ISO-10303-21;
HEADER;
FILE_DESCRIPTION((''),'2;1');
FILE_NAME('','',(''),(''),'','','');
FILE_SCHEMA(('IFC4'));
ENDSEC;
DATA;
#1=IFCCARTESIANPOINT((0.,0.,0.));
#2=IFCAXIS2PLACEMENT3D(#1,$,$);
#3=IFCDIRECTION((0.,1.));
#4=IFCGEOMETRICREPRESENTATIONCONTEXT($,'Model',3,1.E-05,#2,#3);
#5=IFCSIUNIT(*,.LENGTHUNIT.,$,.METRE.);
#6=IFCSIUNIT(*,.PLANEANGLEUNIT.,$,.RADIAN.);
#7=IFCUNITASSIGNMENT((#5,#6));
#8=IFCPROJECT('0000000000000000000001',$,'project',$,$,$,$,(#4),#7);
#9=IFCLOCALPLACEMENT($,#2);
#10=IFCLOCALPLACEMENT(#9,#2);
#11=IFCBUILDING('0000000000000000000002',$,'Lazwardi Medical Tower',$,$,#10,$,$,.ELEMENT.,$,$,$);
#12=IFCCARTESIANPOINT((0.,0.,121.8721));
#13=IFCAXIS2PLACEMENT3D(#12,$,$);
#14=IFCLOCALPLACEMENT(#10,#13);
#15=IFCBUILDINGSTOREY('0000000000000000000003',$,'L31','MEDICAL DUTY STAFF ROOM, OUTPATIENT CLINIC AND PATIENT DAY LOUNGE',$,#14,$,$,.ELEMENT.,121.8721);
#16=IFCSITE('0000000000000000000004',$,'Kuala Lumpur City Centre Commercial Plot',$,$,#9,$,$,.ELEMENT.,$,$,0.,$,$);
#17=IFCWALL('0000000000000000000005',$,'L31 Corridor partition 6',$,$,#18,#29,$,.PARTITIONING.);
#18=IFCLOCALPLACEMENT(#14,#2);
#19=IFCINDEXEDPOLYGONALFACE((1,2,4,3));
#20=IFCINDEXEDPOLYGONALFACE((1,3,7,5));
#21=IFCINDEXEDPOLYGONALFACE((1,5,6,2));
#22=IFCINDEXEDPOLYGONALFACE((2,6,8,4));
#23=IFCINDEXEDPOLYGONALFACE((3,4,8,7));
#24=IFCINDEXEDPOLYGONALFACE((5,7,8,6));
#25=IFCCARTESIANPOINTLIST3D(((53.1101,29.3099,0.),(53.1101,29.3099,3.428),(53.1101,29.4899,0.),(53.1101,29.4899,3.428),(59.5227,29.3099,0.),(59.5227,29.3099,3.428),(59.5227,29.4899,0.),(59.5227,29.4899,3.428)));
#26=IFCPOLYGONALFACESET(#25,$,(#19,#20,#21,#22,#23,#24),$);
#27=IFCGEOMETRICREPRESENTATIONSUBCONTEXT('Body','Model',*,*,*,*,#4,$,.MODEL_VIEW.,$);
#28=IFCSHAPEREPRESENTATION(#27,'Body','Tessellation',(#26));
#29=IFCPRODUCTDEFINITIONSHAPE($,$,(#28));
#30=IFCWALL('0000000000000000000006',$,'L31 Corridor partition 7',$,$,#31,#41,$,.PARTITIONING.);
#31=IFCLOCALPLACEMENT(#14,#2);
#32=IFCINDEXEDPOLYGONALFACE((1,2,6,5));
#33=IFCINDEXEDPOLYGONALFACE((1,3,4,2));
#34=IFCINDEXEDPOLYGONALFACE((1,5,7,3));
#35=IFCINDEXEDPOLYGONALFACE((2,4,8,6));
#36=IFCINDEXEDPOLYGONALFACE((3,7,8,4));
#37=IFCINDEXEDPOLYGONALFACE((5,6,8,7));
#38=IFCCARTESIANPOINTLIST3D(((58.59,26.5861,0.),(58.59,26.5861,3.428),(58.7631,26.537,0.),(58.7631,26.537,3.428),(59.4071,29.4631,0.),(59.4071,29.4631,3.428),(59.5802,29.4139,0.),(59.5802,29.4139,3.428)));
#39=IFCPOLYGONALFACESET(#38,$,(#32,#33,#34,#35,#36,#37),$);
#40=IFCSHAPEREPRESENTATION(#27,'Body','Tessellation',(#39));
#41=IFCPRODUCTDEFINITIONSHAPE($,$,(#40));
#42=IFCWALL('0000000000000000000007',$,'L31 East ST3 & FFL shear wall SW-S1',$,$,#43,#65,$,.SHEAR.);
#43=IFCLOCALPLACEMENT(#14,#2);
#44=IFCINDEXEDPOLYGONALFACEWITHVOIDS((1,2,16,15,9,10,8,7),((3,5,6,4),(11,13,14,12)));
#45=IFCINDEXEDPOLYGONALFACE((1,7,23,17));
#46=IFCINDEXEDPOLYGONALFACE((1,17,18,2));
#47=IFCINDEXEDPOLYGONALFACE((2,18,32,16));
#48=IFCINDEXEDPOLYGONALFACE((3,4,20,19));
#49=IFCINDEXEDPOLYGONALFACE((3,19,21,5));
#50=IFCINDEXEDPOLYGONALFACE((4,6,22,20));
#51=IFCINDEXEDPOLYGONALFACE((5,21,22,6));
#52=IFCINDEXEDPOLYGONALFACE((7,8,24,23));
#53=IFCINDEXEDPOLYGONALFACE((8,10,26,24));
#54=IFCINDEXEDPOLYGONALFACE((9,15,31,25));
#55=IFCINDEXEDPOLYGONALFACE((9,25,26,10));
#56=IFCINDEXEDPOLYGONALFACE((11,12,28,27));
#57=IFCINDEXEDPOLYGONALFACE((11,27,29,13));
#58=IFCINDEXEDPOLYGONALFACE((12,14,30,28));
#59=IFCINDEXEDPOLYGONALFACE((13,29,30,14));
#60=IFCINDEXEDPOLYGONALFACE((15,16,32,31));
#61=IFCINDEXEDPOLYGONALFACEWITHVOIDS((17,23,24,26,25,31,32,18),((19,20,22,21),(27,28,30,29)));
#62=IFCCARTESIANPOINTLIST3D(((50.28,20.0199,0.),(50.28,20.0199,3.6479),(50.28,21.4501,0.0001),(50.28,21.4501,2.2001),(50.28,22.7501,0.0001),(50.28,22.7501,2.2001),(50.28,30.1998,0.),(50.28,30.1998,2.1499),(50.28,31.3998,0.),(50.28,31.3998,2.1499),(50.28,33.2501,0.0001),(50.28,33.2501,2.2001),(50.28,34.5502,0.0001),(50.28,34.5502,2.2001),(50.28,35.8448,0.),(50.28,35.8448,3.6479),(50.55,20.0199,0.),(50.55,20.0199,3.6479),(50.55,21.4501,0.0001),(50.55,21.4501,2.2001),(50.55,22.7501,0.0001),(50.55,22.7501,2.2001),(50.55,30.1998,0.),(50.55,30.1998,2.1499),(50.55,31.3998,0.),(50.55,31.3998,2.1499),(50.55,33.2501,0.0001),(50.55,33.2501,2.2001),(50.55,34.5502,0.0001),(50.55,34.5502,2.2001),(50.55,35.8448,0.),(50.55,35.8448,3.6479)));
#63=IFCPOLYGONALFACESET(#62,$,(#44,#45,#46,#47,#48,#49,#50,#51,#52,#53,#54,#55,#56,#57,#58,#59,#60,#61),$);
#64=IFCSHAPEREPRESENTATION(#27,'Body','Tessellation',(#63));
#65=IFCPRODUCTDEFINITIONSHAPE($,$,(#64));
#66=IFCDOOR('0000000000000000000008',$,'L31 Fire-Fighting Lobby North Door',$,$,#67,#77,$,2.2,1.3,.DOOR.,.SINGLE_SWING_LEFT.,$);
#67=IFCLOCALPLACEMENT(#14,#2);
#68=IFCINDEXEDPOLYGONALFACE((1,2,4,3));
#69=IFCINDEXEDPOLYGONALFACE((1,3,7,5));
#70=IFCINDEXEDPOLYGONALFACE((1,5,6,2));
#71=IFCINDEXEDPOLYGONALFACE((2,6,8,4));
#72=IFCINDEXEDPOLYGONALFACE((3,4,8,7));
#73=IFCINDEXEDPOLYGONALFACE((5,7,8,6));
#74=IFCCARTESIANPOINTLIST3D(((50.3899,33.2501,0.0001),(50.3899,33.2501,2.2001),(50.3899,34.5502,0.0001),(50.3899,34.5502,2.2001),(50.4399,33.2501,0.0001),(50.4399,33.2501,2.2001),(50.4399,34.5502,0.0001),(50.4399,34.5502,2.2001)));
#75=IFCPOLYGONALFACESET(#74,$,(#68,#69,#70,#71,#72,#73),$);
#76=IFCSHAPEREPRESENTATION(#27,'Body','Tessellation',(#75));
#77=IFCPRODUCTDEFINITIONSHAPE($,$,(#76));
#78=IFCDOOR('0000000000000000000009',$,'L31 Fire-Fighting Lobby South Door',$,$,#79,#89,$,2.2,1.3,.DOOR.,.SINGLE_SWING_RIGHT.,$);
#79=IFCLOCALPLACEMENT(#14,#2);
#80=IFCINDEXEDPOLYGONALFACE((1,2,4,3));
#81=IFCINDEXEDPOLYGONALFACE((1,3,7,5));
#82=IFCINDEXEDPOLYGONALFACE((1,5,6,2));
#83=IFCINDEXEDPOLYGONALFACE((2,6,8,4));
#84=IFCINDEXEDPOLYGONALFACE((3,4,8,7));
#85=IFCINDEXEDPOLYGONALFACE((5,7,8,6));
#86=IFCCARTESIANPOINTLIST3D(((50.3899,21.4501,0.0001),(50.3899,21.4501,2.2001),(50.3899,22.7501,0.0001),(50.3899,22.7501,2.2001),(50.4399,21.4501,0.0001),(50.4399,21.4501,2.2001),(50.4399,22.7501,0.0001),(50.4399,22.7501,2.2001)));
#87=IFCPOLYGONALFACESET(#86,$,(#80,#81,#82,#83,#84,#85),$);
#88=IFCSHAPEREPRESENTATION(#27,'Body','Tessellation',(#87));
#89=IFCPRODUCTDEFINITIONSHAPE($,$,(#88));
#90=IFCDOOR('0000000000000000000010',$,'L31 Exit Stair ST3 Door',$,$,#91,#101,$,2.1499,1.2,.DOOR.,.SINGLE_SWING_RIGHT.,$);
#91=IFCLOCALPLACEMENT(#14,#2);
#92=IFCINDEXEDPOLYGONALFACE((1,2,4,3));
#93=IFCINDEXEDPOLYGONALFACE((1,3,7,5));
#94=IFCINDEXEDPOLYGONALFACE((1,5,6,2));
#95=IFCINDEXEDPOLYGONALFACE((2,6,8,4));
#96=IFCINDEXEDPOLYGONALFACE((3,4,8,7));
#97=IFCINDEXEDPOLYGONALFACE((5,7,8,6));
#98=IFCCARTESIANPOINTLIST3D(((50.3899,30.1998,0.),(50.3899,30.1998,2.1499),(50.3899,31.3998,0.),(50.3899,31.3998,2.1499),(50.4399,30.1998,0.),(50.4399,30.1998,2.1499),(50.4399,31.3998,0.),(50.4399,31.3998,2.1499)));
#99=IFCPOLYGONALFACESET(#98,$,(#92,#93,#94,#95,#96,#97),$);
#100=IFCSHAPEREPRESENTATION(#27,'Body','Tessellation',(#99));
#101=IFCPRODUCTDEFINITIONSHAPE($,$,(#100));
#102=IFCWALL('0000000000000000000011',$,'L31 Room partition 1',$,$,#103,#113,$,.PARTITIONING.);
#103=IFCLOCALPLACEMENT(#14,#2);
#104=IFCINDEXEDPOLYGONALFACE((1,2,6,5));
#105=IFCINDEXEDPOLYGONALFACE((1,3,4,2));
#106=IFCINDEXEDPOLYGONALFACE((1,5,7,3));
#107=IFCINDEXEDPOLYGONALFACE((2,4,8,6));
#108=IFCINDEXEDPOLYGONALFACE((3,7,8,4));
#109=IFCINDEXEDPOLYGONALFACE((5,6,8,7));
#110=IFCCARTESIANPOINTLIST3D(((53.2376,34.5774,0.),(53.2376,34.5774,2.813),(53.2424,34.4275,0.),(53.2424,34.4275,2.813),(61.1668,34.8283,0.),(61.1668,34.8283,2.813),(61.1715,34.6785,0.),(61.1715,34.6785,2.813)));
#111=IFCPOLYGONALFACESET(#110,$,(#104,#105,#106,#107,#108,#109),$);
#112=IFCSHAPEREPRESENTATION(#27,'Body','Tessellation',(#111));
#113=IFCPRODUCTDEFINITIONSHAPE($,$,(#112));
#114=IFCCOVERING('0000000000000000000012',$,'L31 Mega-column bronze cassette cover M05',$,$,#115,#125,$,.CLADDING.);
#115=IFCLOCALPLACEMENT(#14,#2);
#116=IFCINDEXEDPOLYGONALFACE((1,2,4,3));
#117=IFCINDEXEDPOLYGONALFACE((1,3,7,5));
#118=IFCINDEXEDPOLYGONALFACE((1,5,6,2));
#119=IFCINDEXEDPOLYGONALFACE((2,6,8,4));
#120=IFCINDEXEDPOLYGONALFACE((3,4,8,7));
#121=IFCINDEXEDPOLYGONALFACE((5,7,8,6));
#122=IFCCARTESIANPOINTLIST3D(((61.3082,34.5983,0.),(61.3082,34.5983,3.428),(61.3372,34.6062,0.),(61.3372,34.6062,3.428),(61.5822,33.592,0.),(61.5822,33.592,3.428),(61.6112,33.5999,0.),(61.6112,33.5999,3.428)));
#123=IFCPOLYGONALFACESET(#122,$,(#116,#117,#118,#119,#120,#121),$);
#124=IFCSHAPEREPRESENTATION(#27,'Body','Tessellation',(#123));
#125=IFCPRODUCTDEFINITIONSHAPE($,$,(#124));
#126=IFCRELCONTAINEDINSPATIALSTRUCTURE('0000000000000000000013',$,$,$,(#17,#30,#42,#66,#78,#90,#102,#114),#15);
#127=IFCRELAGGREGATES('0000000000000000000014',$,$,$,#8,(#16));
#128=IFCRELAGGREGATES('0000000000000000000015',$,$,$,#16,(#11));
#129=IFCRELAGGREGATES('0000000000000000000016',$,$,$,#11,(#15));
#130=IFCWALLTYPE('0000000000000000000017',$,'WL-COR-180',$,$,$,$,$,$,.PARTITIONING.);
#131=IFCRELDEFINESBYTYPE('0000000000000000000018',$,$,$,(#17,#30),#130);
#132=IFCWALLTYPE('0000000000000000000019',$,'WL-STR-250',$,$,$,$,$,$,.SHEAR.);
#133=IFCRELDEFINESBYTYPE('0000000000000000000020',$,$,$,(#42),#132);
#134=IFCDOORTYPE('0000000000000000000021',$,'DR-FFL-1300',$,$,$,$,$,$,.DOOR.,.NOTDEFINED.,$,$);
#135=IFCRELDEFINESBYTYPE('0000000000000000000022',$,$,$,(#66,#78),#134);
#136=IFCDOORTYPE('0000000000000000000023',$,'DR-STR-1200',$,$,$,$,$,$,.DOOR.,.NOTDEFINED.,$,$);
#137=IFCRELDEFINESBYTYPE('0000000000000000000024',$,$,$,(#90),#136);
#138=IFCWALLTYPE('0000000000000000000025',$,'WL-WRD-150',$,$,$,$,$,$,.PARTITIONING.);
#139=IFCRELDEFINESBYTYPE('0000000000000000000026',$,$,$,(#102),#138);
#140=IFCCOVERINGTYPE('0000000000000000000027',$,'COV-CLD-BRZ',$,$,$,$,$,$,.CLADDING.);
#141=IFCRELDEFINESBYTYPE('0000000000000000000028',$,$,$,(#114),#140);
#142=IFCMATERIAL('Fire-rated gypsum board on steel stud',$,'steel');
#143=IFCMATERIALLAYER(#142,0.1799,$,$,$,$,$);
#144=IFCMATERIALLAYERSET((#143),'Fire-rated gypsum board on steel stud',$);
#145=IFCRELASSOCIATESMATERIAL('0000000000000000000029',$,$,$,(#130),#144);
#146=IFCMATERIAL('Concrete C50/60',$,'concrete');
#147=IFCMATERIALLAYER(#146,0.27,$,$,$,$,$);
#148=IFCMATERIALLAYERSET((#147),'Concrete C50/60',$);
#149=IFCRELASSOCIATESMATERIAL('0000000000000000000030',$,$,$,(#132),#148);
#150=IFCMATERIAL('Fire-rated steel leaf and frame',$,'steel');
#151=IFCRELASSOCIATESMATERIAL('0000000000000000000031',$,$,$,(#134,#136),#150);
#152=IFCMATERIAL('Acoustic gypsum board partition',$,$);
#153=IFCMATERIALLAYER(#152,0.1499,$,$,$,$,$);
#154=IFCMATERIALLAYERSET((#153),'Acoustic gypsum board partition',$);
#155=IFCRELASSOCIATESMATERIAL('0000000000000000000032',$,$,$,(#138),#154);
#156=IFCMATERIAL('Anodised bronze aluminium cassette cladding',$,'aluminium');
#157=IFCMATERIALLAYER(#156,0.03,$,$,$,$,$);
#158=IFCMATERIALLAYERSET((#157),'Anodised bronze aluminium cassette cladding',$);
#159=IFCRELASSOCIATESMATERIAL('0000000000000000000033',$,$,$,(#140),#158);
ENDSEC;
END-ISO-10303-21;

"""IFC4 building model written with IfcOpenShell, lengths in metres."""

from ifc_helpers import new_model, si_unit, direction, frame, frame_2d, origin, origin_2d, place, context, subcontext, project, spatial, rectangle, extrude, material, layer, layer_set, type_object, element, fill, save


model = new_model("IFC4")

# Units and contexts
model_context = context("Model", 3, precision=1e-05, world=origin(), true_north=direction((0.0, 1.0)))
body_context = subcontext(model_context, "Body", "Model", "MODEL_VIEW")
ifc_project = project(units=[si_unit("LENGTHUNIT", "METRE"), si_unit("PLANEANGLEUNIT", "RADIAN")], contexts=[model_context])

# Site, building, storey
site_placement = place(None, origin())
site = spatial("IfcSite", under=ifc_project, at=site_placement, Name="Kuala Lumpur City Centre Commercial Plot", CompositionType="ELEMENT", RefElevation=0.0)
building_placement = place(site_placement, origin())
building = spatial("IfcBuilding", under=site, at=building_placement, Name="Lazwardi Medical Tower", CompositionType="ELEMENT")
storey_placement = place(building_placement, frame((0.0, 0.0, 121.8721)))
storey = spatial("IfcBuildingStorey", under=building, at=storey_placement, Name="L31", Description="MEDICAL DUTY STAFF ROOM, OUTPATIENT CLINIC AND PATIENT DAY LOUNGE", CompositionType="ELEMENT", Elevation=121.8721)

# Walls
ifc_material_1 = material(Name="Fire-rated gypsum board on steel stud", Category="steel")
ifc_layer_1 = layer(ifc_material_1, 0.1799)
ifc_layer_set_1 = layer_set([ifc_layer_1], Name="Fire-rated gypsum board on steel stud")
wall_type_1 = type_object("IfcWallType", Name="WL-COR-180", PredefinedType="PARTITIONING", material=ifc_layer_set_1)
wall_1_placement = place(storey_placement, frame((53.1101, 29.3999, 0.0), z_axis=(0.0, 0.0, 1.0), x_axis=(1.0, 0.0, 0.0)))
element("IfcWall", 1, at=wall_1_placement, inside=storey, type_object=wall_type_1, Name="L31 Corridor partition 6", PredefinedType="PARTITIONING", context=body_context, shape_type="SweptSolid", body=[
    extrude(rectangle(XDim=6.4126, YDim=0.1799, at=frame_2d((3.2063, 0.0))), origin(), (0.0, 0.0, 1.0), 3.428),
])
wall_2_placement = place(storey_placement, frame((59.4937, 29.4385, 0.0), z_axis=(0.0, 0.0, 1.0), x_axis=(-0.273222, -0.961951, 0.0)))
element("IfcWall", 2, at=wall_2_placement, inside=storey, type_object=wall_type_1, Name="L31 Corridor partition 7", PredefinedType="PARTITIONING", context=body_context, shape_type="SweptSolid", body=[
    extrude(rectangle(XDim=2.9907, YDim=0.1799, at=frame_2d((1.4954, 0.0))), origin(), (0.0, 0.0, 1.0), 3.428),
])

# Wall, openings, doors
ifc_material_2 = material(Name="Concrete C50/60", Category="concrete")
ifc_layer_2 = layer(ifc_material_2, 0.27)
ifc_layer_set_2 = layer_set([ifc_layer_2], Name="Concrete C50/60")
wall_type_2 = type_object("IfcWallType", Name="WL-STR-250", PredefinedType="SHEAR", material=ifc_layer_set_2)
wall_3_placement = place(storey_placement, frame((50.415, 35.845, 0.0), z_axis=(0.0, 0.0, 1.0), x_axis=(0.0, -1.0, 0.0)))
wall_3 = element("IfcWall", 3, at=wall_3_placement, inside=storey, type_object=wall_type_2, Name="L31 East ST3 & FFL shear wall SW-S1", PredefinedType="SHEAR", context=body_context, shape_type="SweptSolid", body=[
    extrude(rectangle(XDim=15.825, YDim=0.27, at=frame_2d((7.9126, 0.0))), origin(), (0.0, 0.0, 1.0), 3.6479),
])
opening_1_placement = place(wall_3_placement, frame((4.4451, 0.0, 0.0)))
opening_1 = element("IfcOpeningElement", 4, at=opening_1_placement, cuts=wall_3, PredefinedType="OPENING", context=body_context, shape_type="SweptSolid", body=[
    extrude(rectangle(XDim=1.2, YDim=2.1499, at=frame_2d((0.6001, 1.075))), frame((0.0, 0.145, 0.0), z_axis=(0.0, -1.0, 0.0), x_axis=(1.0, 0.0, 0.0)), (0.0, 0.0, 1.0), 0.29),
])
opening_2_placement = place(wall_3_placement, frame((1.2949, 0.0, 0.0)))
opening_2 = element("IfcOpeningElement", 5, at=opening_2_placement, cuts=wall_3, PredefinedType="OPENING", context=body_context, shape_type="SweptSolid", body=[
    extrude(rectangle(XDim=1.3, YDim=2.2, at=frame_2d((0.6499, 1.1001))), frame((0.0, 0.145, 0.0), z_axis=(0.0, -1.0, 0.0), x_axis=(1.0, 0.0, 0.0)), (0.0, 0.0, 1.0), 0.29),
])
opening_3_placement = place(wall_3_placement, frame((13.095, 0.0, 0.0)))
opening_3 = element("IfcOpeningElement", 6, at=opening_3_placement, cuts=wall_3, PredefinedType="OPENING", context=body_context, shape_type="SweptSolid", body=[
    extrude(rectangle(XDim=1.3, YDim=2.2, at=frame_2d((0.6499, 1.1001))), frame((0.0, 0.145, 0.0), z_axis=(0.0, -1.0, 0.0), x_axis=(1.0, 0.0, 0.0)), (0.0, 0.0, 1.0), 0.29),
])
ifc_material_3 = material(Name="Fire-rated steel leaf and frame", Category="steel")
door_type_1 = type_object("IfcDoorType", Name="DR-FFL-1300", OperationType="NOTDEFINED", PredefinedType="DOOR", material=ifc_material_3)
door_1_placement = place(opening_2_placement, origin())
door_1 = element("IfcDoor", 7, at=door_1_placement, inside=storey, type_object=door_type_1, Name="L31 Fire-Fighting Lobby North Door", OperationType="SINGLE_SWING_LEFT", OverallHeight=2.2, OverallWidth=1.3, PredefinedType="DOOR", context=body_context, shape_type="SweptSolid", body=[
    extrude(rectangle(XDim=1.3, YDim=2.2, at=frame_2d((0.6499, 1.1001))), frame((0.0, 0.0249, 0.0), z_axis=(0.0, -1.0, 0.0), x_axis=(1.0, 0.0, 0.0)), (0.0, 0.0, 1.0), 0.05),
])
fill(opening_2, door_1)
door_2_placement = place(opening_3_placement, origin())
door_2 = element("IfcDoor", 8, at=door_2_placement, inside=storey, type_object=door_type_1, Name="L31 Fire-Fighting Lobby South Door", OperationType="SINGLE_SWING_RIGHT", OverallHeight=2.2, OverallWidth=1.3, PredefinedType="DOOR", context=body_context, shape_type="SweptSolid", body=[
    extrude(rectangle(XDim=1.3, YDim=2.2, at=frame_2d((0.6499, 1.1001))), frame((0.0, 0.0249, 0.0), z_axis=(0.0, -1.0, 0.0), x_axis=(1.0, 0.0, 0.0)), (0.0, 0.0, 1.0), 0.05),
])
fill(opening_3, door_2)
door_type_2 = type_object("IfcDoorType", Name="DR-STR-1200", OperationType="NOTDEFINED", PredefinedType="DOOR", material=ifc_material_3)
door_3_placement = place(opening_1_placement, origin())
door_3 = element("IfcDoor", 9, at=door_3_placement, inside=storey, type_object=door_type_2, Name="L31 Exit Stair ST3 Door", OperationType="SINGLE_SWING_RIGHT", OverallHeight=2.1499, OverallWidth=1.2, PredefinedType="DOOR", context=body_context, shape_type="SweptSolid", body=[
    extrude(rectangle(XDim=1.2, YDim=2.1499, at=frame_2d((0.6001, 1.075))), frame((0.0, 0.0249, 0.0), z_axis=(0.0, -1.0, 0.0), x_axis=(1.0, 0.0, 0.0)), (0.0, 0.0, 1.0), 0.05),
])
fill(opening_1, door_3)

# Wall
ifc_material_4 = material(Name="Acoustic gypsum board partition")
ifc_layer_3 = layer(ifc_material_4, 0.1499)
ifc_layer_set_3 = layer_set([ifc_layer_3], Name="Acoustic gypsum board partition")
wall_type_3 = type_object("IfcWallType", Name="WL-WRD-150", PredefinedType="PARTITIONING", material=ifc_layer_set_3)
wall_4_placement = place(storey_placement, frame((53.24, 34.5024, 0.0), z_axis=(0.0, 0.0, 1.0), x_axis=(0.999499, 0.031636, 0.0)))
element("IfcWall", 10, at=wall_4_placement, inside=storey, type_object=wall_type_3, Name="L31 Room partition 1", PredefinedType="PARTITIONING", context=body_context, shape_type="SweptSolid", body=[
    extrude(rectangle(XDim=7.9331, YDim=0.1499, at=frame_2d((3.9666, 0.0))), origin(), (0.0, 0.0, 1.0), 2.813),
])

# Covering
ifc_material_5 = material(Name="Anodised bronze aluminium cassette cladding", Category="aluminium")
ifc_layer_4 = layer(ifc_material_5, 0.03)
ifc_layer_set_4 = layer_set([ifc_layer_4], Name="Anodised bronze aluminium cassette cladding")
covering_type = type_object("IfcCoveringType", Name="COV-CLD-BRZ", PredefinedType="CLADDING", material=ifc_layer_set_4)
covering_placement = place(storey_placement, frame((61.4597, 34.0991, 0.0), z_axis=(0.0, 0.0, 1.0), x_axis=(-0.262696, 0.964879, 0.0)))
element("IfcCovering", 11, at=covering_placement, inside=storey, type_object=covering_type, Name="L31 Mega-column bronze cassette cover M05", PredefinedType="CLADDING", context=body_context, shape_type="SweptSolid", body=[
    extrude(rectangle(XDim=1.043, YDim=0.03, at=origin_2d()), origin(), (0.0, 0.0, 1.0), 3.428),
])

save(model, "model.ifc")
